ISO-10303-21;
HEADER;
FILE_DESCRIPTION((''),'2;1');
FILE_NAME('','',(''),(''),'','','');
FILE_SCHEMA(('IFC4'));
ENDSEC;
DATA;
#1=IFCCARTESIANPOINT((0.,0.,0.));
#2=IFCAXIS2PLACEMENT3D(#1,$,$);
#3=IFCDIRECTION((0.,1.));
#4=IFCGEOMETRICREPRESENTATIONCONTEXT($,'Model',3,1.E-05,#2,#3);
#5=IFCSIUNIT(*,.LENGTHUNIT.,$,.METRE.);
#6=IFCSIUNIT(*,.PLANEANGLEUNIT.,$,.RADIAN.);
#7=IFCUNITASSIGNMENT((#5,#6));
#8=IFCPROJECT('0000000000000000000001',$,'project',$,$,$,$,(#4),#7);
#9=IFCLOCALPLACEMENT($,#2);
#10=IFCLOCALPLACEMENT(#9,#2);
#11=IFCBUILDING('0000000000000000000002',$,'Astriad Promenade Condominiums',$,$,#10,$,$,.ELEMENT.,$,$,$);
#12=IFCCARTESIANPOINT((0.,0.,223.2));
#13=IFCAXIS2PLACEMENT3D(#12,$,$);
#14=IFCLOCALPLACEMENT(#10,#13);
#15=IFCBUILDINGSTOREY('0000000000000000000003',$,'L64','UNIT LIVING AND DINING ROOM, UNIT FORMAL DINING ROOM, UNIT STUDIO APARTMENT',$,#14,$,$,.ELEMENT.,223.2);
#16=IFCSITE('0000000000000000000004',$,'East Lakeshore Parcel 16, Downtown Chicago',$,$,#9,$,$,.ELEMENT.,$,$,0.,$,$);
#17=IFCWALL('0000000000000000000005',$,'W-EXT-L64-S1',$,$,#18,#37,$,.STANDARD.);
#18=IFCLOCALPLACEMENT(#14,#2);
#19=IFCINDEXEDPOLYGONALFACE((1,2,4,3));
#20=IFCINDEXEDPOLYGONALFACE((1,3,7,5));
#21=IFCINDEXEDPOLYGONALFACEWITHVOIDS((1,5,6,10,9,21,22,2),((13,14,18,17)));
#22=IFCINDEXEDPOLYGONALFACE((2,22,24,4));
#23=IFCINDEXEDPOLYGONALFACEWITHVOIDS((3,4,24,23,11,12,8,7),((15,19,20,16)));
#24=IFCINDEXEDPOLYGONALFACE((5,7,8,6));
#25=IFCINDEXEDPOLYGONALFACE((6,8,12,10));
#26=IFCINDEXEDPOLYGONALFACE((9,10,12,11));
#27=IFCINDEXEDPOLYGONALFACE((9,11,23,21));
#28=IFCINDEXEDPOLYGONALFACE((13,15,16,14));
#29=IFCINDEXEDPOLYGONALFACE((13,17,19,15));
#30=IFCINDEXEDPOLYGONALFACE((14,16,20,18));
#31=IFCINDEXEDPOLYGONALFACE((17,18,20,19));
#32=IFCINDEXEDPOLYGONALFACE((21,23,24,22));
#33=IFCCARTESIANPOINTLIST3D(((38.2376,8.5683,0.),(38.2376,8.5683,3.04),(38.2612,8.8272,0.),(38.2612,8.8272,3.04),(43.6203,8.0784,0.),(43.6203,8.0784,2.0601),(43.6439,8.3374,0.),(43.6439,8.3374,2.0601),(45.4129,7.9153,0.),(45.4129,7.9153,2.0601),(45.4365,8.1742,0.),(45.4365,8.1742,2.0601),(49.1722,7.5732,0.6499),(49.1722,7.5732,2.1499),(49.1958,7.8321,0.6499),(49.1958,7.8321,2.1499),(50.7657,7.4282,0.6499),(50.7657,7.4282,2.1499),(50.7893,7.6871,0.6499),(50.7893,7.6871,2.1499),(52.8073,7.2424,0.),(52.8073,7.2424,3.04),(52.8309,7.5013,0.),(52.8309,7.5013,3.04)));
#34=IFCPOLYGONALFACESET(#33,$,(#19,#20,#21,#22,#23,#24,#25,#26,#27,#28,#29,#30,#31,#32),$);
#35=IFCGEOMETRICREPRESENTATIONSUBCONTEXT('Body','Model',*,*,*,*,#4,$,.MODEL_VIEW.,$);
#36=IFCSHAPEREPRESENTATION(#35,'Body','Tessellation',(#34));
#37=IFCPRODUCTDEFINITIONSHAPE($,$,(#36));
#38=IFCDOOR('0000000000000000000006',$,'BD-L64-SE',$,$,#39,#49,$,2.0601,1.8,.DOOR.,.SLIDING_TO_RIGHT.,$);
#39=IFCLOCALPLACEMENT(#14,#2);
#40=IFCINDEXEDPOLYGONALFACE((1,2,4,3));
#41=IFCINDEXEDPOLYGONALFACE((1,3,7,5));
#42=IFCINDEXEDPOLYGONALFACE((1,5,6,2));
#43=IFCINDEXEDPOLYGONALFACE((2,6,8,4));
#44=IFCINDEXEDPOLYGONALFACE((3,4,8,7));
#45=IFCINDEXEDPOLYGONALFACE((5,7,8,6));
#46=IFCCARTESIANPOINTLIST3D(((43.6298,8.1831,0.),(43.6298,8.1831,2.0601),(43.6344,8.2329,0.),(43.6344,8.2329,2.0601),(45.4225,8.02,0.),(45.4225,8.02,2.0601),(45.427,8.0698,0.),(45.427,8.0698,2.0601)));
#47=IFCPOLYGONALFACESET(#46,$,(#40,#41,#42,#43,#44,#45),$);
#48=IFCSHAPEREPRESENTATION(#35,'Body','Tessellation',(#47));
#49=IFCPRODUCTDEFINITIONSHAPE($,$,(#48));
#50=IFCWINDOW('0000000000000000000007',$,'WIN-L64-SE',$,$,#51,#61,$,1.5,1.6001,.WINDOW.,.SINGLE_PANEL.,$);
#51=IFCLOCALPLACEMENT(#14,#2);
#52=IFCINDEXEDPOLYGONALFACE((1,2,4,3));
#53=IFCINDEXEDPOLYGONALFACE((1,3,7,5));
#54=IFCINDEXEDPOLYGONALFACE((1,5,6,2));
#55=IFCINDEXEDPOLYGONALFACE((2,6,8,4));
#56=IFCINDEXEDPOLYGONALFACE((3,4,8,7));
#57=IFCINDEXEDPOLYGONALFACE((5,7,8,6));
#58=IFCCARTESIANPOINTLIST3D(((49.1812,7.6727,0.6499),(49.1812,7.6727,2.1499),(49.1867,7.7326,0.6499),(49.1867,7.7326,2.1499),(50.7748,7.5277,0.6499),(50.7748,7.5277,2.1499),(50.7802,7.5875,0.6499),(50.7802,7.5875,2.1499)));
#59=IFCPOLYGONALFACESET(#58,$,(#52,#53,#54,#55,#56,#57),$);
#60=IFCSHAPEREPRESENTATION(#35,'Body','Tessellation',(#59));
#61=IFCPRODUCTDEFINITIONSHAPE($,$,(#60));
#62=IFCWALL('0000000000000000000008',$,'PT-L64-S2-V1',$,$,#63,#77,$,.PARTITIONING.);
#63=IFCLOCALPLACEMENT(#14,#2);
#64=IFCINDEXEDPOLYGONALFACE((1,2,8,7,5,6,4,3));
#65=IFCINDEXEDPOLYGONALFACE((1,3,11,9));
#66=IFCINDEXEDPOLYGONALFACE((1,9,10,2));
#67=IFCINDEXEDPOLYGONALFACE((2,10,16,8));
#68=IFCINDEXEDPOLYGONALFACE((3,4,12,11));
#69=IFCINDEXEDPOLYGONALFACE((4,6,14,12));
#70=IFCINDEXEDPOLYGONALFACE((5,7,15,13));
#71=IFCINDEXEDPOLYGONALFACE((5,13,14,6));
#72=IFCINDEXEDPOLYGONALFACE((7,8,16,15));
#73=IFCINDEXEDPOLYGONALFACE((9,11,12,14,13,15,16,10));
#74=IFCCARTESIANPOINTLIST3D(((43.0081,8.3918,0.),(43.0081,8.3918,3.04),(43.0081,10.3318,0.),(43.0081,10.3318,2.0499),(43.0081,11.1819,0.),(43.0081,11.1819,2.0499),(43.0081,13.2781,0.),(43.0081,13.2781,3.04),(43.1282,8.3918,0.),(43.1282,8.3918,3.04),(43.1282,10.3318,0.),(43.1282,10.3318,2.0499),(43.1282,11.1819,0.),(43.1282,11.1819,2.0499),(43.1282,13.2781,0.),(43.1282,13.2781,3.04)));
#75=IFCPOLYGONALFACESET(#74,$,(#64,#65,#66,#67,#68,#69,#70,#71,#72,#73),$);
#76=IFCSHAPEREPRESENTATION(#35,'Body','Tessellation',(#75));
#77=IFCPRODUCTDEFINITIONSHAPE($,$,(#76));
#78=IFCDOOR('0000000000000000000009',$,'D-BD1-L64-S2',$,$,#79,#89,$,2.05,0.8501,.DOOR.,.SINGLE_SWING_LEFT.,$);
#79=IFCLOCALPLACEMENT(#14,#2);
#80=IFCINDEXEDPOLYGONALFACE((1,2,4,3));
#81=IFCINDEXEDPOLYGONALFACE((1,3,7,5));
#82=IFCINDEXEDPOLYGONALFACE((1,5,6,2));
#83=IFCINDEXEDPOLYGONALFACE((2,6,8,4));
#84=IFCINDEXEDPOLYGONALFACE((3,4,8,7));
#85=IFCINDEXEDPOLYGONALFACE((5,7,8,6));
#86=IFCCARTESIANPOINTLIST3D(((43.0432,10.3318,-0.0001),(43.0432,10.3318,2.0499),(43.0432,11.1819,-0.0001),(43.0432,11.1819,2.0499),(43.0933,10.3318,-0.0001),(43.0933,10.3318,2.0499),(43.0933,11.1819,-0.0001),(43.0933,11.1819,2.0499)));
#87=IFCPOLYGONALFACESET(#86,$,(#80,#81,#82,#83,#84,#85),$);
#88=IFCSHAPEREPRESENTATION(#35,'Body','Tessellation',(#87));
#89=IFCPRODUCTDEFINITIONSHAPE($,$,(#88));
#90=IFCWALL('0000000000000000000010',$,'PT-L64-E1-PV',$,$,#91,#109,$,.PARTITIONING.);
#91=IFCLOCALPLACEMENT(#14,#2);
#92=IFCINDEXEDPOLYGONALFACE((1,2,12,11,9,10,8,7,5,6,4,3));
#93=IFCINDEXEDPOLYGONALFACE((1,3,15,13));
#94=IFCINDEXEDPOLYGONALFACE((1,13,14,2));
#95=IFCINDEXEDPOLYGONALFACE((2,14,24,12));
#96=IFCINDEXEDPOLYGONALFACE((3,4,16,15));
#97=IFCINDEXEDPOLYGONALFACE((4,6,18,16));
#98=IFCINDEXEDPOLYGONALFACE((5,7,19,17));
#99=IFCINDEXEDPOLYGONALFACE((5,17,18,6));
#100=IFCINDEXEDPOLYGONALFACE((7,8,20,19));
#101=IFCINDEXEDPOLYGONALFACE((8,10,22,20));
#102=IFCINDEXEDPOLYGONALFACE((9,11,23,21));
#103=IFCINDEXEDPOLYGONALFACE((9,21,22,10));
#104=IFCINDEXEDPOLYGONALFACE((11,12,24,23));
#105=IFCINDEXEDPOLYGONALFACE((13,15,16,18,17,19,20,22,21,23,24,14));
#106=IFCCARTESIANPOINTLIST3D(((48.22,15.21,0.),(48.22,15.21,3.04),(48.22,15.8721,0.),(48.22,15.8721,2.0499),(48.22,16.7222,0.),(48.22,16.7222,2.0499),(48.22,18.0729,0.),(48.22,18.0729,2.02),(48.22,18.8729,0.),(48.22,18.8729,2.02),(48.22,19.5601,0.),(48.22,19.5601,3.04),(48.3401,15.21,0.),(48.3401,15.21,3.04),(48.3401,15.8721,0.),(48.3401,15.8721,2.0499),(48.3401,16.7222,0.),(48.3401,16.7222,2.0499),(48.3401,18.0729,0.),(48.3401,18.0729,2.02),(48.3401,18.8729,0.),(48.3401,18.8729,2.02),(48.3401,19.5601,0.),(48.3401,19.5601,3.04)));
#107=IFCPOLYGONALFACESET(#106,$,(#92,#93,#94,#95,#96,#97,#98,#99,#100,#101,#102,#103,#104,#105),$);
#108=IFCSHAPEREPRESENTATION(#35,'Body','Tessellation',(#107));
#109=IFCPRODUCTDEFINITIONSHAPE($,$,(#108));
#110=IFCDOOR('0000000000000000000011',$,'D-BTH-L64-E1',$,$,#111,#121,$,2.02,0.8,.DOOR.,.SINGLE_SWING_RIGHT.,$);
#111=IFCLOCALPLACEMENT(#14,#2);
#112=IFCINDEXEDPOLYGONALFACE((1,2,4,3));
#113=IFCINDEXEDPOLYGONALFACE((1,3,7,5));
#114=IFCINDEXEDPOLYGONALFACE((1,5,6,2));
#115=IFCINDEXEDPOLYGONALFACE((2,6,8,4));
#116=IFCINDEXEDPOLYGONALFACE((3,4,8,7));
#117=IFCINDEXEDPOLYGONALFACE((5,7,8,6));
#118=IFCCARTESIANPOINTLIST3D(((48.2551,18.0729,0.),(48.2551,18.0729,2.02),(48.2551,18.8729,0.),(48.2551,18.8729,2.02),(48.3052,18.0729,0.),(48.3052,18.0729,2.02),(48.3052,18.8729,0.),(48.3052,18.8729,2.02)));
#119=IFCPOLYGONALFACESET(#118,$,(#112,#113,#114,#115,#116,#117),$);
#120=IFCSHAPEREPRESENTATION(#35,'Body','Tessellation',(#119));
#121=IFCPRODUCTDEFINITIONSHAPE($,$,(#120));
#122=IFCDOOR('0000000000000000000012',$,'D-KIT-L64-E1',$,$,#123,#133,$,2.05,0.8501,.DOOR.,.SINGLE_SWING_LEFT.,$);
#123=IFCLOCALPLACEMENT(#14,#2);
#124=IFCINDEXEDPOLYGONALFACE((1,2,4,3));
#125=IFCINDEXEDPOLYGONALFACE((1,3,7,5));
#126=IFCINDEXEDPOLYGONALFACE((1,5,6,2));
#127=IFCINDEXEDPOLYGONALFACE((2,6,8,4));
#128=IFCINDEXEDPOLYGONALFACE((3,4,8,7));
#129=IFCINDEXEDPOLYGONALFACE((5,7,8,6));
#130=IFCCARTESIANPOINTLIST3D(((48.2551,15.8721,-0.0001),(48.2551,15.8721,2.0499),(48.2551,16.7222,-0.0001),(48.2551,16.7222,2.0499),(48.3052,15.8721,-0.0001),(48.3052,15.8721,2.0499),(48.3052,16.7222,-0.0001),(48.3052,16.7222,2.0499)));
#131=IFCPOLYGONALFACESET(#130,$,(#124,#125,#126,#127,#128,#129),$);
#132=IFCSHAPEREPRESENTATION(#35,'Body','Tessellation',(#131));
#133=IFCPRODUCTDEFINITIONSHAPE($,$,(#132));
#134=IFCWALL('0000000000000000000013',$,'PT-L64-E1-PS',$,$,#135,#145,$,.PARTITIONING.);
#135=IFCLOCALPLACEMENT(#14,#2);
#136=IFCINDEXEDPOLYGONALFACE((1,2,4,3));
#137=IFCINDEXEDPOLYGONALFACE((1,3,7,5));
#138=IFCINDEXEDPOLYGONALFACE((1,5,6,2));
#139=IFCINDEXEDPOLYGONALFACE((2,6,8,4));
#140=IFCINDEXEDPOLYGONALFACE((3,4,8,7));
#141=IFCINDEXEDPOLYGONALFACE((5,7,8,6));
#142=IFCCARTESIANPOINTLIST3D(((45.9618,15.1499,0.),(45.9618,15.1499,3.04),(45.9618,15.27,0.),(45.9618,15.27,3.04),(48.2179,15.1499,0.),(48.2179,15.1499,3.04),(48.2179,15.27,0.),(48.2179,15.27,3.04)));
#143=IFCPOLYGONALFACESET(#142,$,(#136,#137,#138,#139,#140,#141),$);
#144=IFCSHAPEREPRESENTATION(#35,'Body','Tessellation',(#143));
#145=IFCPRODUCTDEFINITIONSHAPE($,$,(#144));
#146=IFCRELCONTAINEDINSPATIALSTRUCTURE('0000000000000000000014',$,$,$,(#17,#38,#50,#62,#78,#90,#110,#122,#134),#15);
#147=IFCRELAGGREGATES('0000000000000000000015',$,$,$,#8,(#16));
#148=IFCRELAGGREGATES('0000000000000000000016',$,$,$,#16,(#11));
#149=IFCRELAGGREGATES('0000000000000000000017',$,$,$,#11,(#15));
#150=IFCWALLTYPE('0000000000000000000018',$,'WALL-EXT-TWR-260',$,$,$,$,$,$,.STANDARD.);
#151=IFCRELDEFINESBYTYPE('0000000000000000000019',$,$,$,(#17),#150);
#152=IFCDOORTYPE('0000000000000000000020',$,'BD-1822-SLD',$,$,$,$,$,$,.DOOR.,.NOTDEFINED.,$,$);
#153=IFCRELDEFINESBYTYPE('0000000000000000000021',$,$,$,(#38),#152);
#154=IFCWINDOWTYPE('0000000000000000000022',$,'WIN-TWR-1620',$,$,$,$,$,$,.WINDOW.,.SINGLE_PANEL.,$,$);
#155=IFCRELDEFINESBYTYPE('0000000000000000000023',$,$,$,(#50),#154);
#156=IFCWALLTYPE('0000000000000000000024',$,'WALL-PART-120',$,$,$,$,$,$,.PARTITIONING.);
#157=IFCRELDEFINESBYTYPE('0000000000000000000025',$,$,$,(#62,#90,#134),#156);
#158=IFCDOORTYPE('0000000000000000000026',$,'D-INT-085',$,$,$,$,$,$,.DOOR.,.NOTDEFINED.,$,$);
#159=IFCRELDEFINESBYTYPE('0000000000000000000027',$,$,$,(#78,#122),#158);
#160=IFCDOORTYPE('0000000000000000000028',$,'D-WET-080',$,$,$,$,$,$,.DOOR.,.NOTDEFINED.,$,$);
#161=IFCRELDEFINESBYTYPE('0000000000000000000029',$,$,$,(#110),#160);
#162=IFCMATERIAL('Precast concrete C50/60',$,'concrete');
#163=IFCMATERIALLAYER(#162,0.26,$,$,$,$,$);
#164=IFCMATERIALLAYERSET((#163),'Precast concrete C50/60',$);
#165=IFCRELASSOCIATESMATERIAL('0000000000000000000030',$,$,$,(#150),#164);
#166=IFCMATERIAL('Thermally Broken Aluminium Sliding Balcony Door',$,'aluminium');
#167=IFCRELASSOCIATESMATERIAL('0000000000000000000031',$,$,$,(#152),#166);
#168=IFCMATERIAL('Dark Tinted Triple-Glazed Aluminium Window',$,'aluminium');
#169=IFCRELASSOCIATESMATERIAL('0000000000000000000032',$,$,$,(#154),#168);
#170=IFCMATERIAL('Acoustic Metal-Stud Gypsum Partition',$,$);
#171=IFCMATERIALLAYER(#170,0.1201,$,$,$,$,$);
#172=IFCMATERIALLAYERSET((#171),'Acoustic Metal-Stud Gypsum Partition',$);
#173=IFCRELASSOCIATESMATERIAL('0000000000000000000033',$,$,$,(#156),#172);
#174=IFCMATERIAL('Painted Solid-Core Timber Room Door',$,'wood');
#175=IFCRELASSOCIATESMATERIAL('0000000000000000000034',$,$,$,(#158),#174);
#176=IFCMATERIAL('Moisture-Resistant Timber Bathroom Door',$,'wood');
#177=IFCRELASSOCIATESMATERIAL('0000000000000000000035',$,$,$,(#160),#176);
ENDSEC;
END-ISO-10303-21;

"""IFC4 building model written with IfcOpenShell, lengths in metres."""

from ifc_helpers import new_model, si_unit, direction, frame, frame_2d, origin, place, context, subcontext, project, spatial, rectangle, extrude, source, transform, mapped, material, layer, layer_set, type_object, type_shapes, element, fill, save


model = new_model("IFC4")

# Units and contexts
model_context = context("Model", 3, precision=1e-05, world=origin(), true_north=direction((0.0, 1.0)))
body_context = subcontext(model_context, "Body", "Model", "MODEL_VIEW")
ifc_project = project(units=[si_unit("LENGTHUNIT", "METRE"), si_unit("PLANEANGLEUNIT", "RADIAN")], contexts=[model_context])

# Site, building, storey
site_placement = place(None, origin())
site = spatial("IfcSite", under=ifc_project, at=site_placement, Name="East Lakeshore Parcel 16, Downtown Chicago", CompositionType="ELEMENT", RefElevation=0.0)
building_placement = place(site_placement, origin())
building = spatial("IfcBuilding", under=site, at=building_placement, Name="Astriad Promenade Condominiums", CompositionType="ELEMENT")
storey_placement = place(building_placement, frame((0.0, 0.0, 223.2)))
storey = spatial("IfcBuildingStorey", under=building, at=storey_placement, Name="L64", Description="UNIT LIVING AND DINING ROOM, UNIT FORMAL DINING ROOM, UNIT STUDIO APARTMENT", CompositionType="ELEMENT", Elevation=223.2)

# Shared definitions
ifc_material_1 = material(Name="Precast concrete C50/60", Category="concrete")
ifc_layer_1 = layer(ifc_material_1, 0.26)
ifc_layer_set_1 = layer_set([ifc_layer_1], Name="Precast concrete C50/60")
wall_type_1 = type_object("IfcWallType", Name="WALL-EXT-TWR-260", PredefinedType="STANDARD", material=ifc_layer_set_1)

# Wall, openings, door, window
wall_1_placement = place(storey_placement, frame((52.8191, 7.3718, 0.0), z_axis=(0.0, 0.0, 1.0), x_axis=(-0.995884, 0.090632, 0.0)))
wall_1 = element("IfcWall", 1, at=wall_1_placement, inside=storey, type_object=wall_type_1, Name="W-EXT-L64-S1", PredefinedType="STANDARD", context=body_context, shape_type="SweptSolid", body=[
    extrude(rectangle(XDim=14.6299, YDim=0.26, at=frame_2d((7.3149, 0.0))), origin(), (0.0, 0.0, 1.0), 3.04),
])
opening_1_placement = place(wall_1_placement, frame((7.425, 0.0, 0.0)))
opening_1 = element("IfcOpeningElement", 2, at=opening_1_placement, cuts=wall_1, PredefinedType="OPENING", context=body_context, shape_type="SweptSolid", body=[
    extrude(rectangle(XDim=1.8, YDim=2.0601, at=frame_2d((0.8999, 1.03))), frame((0.0, 0.1399, 0.0), z_axis=(0.0, -1.0, 0.0), x_axis=(1.0, 0.0, 0.0)), (0.0, 0.0, 1.0), 0.28),
])
opening_2_placement = place(wall_1_placement, frame((2.05, 0.0, 0.6499)))
opening_2 = element("IfcOpeningElement", 3, at=opening_2_placement, cuts=wall_1, PredefinedType="OPENING", context=body_context, shape_type="SweptSolid", body=[
    extrude(rectangle(XDim=1.6001, YDim=1.5, at=frame_2d((0.8, 0.75))), frame((0.0, 0.1399, 0.0), z_axis=(0.0, -1.0, 0.0), x_axis=(1.0, 0.0, 0.0)), (0.0, 0.0, 1.0), 0.28),
])
ifc_material_2 = material(Name="Thermally Broken Aluminium Sliding Balcony Door", Category="aluminium")
door_type_1 = type_object("IfcDoorType", Name="BD-1822-SLD", OperationType="NOTDEFINED", PredefinedType="DOOR", material=ifc_material_2)
shared_shape_1 = source(origin(), body_context, "Body", "SweptSolid", [
    extrude(rectangle(XDim=1.8, YDim=2.0601, at=frame_2d((0.8999, 1.03))), frame((0.0, 0.0249, 0.0), z_axis=(0.0, -1.0, 0.0), x_axis=(1.0, 0.0, 0.0)), (0.0, 0.0, 1.0), 0.05),
])
type_shapes(door_type_1, [shared_shape_1])
door_1_placement = place(opening_1_placement, origin())
door_1 = element("IfcDoor", 4, at=door_1_placement, inside=storey, type_object=door_type_1, Name="BD-L64-SE", OperationType="SLIDING_TO_RIGHT", OverallHeight=2.0601, OverallWidth=1.8, PredefinedType="DOOR", context=body_context, shape_type="MappedRepresentation", body=[
    mapped(shared_shape_1, transform((0.0, 0.0, 0.0), scale=1.0)),
])
fill(opening_1, door_1)
ifc_material_3 = material(Name="Dark Tinted Triple-Glazed Aluminium Window", Category="aluminium")
window_type = type_object("IfcWindowType", Name="WIN-TWR-1620", PartitioningType="SINGLE_PANEL", PredefinedType="WINDOW", material=ifc_material_3)
shared_shape_2 = source(origin(), body_context, "Body", "SweptSolid", [
    extrude(rectangle(XDim=1.6001, YDim=1.5, at=frame_2d((0.8, 0.75))), frame((0.0, 0.03, 0.0), z_axis=(0.0, -1.0, 0.0), x_axis=(1.0, 0.0, 0.0)), (0.0, 0.0, 1.0), 0.0601),
])
type_shapes(window_type, [shared_shape_2])
window_placement = place(opening_2_placement, origin())
window = element("IfcWindow", 5, at=window_placement, inside=storey, type_object=window_type, Name="WIN-L64-SE", OverallHeight=1.5, OverallWidth=1.6001, PartitioningType="SINGLE_PANEL", PredefinedType="WINDOW", context=body_context, shape_type="MappedRepresentation", body=[
    mapped(shared_shape_2, transform((0.0, 0.0, 0.0), scale=1.0)),
])
fill(opening_2, window)

# Wall, opening, door
ifc_material_4 = material(Name="Acoustic Metal-Stud Gypsum Partition")
ifc_layer_2 = layer(ifc_material_4, 0.1201)
ifc_layer_set_2 = layer_set([ifc_layer_2], Name="Acoustic Metal-Stud Gypsum Partition")
wall_type_2 = type_object("IfcWallType", Name="WALL-PART-120", PredefinedType="PARTITIONING", material=ifc_layer_set_2)
wall_2_placement = place(storey_placement, frame((43.0681, 8.3918, 0.0), z_axis=(0.0, 0.0, 1.0), x_axis=(0.0, 1.0, 0.0)))
wall_2 = element("IfcWall", 6, at=wall_2_placement, inside=storey, type_object=wall_type_2, Name="PT-L64-S2-V1", PredefinedType="PARTITIONING", context=body_context, shape_type="SweptSolid", body=[
    extrude(rectangle(XDim=4.8862, YDim=0.1201, at=frame_2d((2.4431, 0.0))), origin(), (0.0, 0.0, 1.0), 3.04),
])
opening_3_placement = place(wall_2_placement, frame((1.9399, 0.0, 0.0)))
opening_3 = element("IfcOpeningElement", 7, at=opening_3_placement, cuts=wall_2, PredefinedType="OPENING", context=body_context, shape_type="SweptSolid", body=[
    extrude(rectangle(XDim=0.8501, YDim=2.05, at=frame_2d((0.425, 1.0249))), frame((0.0, 0.0701, 0.0), z_axis=(0.0, -1.0, 0.0), x_axis=(1.0, 0.0, 0.0)), (0.0, 0.0, 1.0), 0.1401),
])
ifc_material_5 = material(Name="Painted Solid-Core Timber Room Door", Category="wood")
door_type_2 = type_object("IfcDoorType", Name="D-INT-085", OperationType="NOTDEFINED", PredefinedType="DOOR", material=ifc_material_5)
shared_shape_3 = source(origin(), body_context, "Body", "SweptSolid", [
    extrude(rectangle(XDim=0.8501, YDim=2.05, at=frame_2d((0.425, 1.0249))), frame((0.0, 0.0249, 0.0), z_axis=(0.0, -1.0, 0.0), x_axis=(1.0, 0.0, 0.0)), (0.0, 0.0, 1.0), 0.05),
])
type_shapes(door_type_2, [shared_shape_3])
door_2_placement = place(opening_3_placement, origin())
door_2 = element("IfcDoor", 8, at=door_2_placement, inside=storey, type_object=door_type_2, Name="D-BD1-L64-S2", OperationType="SINGLE_SWING_LEFT", OverallHeight=2.05, OverallWidth=0.8501, PredefinedType="DOOR", context=body_context, shape_type="MappedRepresentation", body=[
    mapped(shared_shape_3, transform((0.0, 0.0, 0.0), scale=1.0)),
])
fill(opening_3, door_2)

# Wall, openings, doors
wall_3_placement = place(storey_placement, frame((48.28, 15.21, 0.0), z_axis=(0.0, 0.0, 1.0), x_axis=(0.0, 1.0, 0.0)))
wall_3 = element("IfcWall", 9, at=wall_3_placement, inside=storey, type_object=wall_type_2, Name="PT-L64-E1-PV", PredefinedType="PARTITIONING", context=body_context, shape_type="SweptSolid", body=[
    extrude(rectangle(XDim=4.3501, YDim=0.1201, at=frame_2d((2.175, 0.0))), origin(), (0.0, 0.0, 1.0), 3.04),
])
opening_4_placement = place(wall_3_placement, frame((0.6621, 0.0, 0.0)))
opening_4 = element("IfcOpeningElement", 10, at=opening_4_placement, cuts=wall_3, PredefinedType="OPENING", context=body_context, shape_type="SweptSolid", body=[
    extrude(rectangle(XDim=0.8501, YDim=2.05, at=frame_2d((0.425, 1.0249))), frame((0.0, 0.0701, 0.0), z_axis=(0.0, -1.0, 0.0), x_axis=(1.0, 0.0, 0.0)), (0.0, 0.0, 1.0), 0.1401),
])
opening_5_placement = place(wall_3_placement, frame((2.863, 0.0, 0.0)))
opening_5 = element("IfcOpeningElement", 11, at=opening_5_placement, cuts=wall_3, PredefinedType="OPENING", context=body_context, shape_type="SweptSolid", body=[
    extrude(rectangle(XDim=0.8, YDim=2.02, at=frame_2d((0.3999, 1.01))), frame((0.0, 0.0701, 0.0), z_axis=(0.0, -1.0, 0.0), x_axis=(1.0, 0.0, 0.0)), (0.0, 0.0, 1.0), 0.1401),
])
ifc_material_6 = material(Name="Moisture-Resistant Timber Bathroom Door", Category="wood")
door_type_3 = type_object("IfcDoorType", Name="D-WET-080", OperationType="NOTDEFINED", PredefinedType="DOOR", material=ifc_material_6)
shared_shape_4 = source(origin(), body_context, "Body", "SweptSolid", [
    extrude(rectangle(XDim=0.8, YDim=2.02, at=frame_2d((0.3999, 1.01))), frame((0.0, 0.0249, 0.0), z_axis=(0.0, -1.0, 0.0), x_axis=(1.0, 0.0, 0.0)), (0.0, 0.0, 1.0), 0.05),
])
type_shapes(door_type_3, [shared_shape_4])
door_3_placement = place(opening_5_placement, origin())
door_3 = element("IfcDoor", 12, at=door_3_placement, inside=storey, type_object=door_type_3, Name="D-BTH-L64-E1", OperationType="SINGLE_SWING_RIGHT", OverallHeight=2.02, OverallWidth=0.8, PredefinedType="DOOR", context=body_context, shape_type="MappedRepresentation", body=[
    mapped(shared_shape_4, transform((0.0, 0.0, 0.0), scale=1.0)),
])
fill(opening_5, door_3)
door_4_placement = place(opening_4_placement, origin())
door_4 = element("IfcDoor", 13, at=door_4_placement, inside=storey, type_object=door_type_2, Name="D-KIT-L64-E1", OperationType="SINGLE_SWING_LEFT", OverallHeight=2.05, OverallWidth=0.8501, PredefinedType="DOOR", context=body_context, shape_type="MappedRepresentation", body=[
    mapped(shared_shape_3, transform((0.0, 0.0, 0.0), scale=1.0)),
])
fill(opening_4, door_4)

# Wall
wall_4_placement = place(storey_placement, frame((45.9619, 15.21, 0.0), z_axis=(0.0, 0.0, 1.0), x_axis=(1.0, 0.0, 0.0)))
element("IfcWall", 14, at=wall_4_placement, inside=storey, type_object=wall_type_2, Name="PT-L64-E1-PS", PredefinedType="PARTITIONING", context=body_context, shape_type="SweptSolid", body=[
    extrude(rectangle(XDim=2.2561, YDim=0.1201, at=frame_2d((1.1279, 0.0))), origin(), (0.0, 0.0, 1.0), 3.04),
])

save(model, "model.ifc")
